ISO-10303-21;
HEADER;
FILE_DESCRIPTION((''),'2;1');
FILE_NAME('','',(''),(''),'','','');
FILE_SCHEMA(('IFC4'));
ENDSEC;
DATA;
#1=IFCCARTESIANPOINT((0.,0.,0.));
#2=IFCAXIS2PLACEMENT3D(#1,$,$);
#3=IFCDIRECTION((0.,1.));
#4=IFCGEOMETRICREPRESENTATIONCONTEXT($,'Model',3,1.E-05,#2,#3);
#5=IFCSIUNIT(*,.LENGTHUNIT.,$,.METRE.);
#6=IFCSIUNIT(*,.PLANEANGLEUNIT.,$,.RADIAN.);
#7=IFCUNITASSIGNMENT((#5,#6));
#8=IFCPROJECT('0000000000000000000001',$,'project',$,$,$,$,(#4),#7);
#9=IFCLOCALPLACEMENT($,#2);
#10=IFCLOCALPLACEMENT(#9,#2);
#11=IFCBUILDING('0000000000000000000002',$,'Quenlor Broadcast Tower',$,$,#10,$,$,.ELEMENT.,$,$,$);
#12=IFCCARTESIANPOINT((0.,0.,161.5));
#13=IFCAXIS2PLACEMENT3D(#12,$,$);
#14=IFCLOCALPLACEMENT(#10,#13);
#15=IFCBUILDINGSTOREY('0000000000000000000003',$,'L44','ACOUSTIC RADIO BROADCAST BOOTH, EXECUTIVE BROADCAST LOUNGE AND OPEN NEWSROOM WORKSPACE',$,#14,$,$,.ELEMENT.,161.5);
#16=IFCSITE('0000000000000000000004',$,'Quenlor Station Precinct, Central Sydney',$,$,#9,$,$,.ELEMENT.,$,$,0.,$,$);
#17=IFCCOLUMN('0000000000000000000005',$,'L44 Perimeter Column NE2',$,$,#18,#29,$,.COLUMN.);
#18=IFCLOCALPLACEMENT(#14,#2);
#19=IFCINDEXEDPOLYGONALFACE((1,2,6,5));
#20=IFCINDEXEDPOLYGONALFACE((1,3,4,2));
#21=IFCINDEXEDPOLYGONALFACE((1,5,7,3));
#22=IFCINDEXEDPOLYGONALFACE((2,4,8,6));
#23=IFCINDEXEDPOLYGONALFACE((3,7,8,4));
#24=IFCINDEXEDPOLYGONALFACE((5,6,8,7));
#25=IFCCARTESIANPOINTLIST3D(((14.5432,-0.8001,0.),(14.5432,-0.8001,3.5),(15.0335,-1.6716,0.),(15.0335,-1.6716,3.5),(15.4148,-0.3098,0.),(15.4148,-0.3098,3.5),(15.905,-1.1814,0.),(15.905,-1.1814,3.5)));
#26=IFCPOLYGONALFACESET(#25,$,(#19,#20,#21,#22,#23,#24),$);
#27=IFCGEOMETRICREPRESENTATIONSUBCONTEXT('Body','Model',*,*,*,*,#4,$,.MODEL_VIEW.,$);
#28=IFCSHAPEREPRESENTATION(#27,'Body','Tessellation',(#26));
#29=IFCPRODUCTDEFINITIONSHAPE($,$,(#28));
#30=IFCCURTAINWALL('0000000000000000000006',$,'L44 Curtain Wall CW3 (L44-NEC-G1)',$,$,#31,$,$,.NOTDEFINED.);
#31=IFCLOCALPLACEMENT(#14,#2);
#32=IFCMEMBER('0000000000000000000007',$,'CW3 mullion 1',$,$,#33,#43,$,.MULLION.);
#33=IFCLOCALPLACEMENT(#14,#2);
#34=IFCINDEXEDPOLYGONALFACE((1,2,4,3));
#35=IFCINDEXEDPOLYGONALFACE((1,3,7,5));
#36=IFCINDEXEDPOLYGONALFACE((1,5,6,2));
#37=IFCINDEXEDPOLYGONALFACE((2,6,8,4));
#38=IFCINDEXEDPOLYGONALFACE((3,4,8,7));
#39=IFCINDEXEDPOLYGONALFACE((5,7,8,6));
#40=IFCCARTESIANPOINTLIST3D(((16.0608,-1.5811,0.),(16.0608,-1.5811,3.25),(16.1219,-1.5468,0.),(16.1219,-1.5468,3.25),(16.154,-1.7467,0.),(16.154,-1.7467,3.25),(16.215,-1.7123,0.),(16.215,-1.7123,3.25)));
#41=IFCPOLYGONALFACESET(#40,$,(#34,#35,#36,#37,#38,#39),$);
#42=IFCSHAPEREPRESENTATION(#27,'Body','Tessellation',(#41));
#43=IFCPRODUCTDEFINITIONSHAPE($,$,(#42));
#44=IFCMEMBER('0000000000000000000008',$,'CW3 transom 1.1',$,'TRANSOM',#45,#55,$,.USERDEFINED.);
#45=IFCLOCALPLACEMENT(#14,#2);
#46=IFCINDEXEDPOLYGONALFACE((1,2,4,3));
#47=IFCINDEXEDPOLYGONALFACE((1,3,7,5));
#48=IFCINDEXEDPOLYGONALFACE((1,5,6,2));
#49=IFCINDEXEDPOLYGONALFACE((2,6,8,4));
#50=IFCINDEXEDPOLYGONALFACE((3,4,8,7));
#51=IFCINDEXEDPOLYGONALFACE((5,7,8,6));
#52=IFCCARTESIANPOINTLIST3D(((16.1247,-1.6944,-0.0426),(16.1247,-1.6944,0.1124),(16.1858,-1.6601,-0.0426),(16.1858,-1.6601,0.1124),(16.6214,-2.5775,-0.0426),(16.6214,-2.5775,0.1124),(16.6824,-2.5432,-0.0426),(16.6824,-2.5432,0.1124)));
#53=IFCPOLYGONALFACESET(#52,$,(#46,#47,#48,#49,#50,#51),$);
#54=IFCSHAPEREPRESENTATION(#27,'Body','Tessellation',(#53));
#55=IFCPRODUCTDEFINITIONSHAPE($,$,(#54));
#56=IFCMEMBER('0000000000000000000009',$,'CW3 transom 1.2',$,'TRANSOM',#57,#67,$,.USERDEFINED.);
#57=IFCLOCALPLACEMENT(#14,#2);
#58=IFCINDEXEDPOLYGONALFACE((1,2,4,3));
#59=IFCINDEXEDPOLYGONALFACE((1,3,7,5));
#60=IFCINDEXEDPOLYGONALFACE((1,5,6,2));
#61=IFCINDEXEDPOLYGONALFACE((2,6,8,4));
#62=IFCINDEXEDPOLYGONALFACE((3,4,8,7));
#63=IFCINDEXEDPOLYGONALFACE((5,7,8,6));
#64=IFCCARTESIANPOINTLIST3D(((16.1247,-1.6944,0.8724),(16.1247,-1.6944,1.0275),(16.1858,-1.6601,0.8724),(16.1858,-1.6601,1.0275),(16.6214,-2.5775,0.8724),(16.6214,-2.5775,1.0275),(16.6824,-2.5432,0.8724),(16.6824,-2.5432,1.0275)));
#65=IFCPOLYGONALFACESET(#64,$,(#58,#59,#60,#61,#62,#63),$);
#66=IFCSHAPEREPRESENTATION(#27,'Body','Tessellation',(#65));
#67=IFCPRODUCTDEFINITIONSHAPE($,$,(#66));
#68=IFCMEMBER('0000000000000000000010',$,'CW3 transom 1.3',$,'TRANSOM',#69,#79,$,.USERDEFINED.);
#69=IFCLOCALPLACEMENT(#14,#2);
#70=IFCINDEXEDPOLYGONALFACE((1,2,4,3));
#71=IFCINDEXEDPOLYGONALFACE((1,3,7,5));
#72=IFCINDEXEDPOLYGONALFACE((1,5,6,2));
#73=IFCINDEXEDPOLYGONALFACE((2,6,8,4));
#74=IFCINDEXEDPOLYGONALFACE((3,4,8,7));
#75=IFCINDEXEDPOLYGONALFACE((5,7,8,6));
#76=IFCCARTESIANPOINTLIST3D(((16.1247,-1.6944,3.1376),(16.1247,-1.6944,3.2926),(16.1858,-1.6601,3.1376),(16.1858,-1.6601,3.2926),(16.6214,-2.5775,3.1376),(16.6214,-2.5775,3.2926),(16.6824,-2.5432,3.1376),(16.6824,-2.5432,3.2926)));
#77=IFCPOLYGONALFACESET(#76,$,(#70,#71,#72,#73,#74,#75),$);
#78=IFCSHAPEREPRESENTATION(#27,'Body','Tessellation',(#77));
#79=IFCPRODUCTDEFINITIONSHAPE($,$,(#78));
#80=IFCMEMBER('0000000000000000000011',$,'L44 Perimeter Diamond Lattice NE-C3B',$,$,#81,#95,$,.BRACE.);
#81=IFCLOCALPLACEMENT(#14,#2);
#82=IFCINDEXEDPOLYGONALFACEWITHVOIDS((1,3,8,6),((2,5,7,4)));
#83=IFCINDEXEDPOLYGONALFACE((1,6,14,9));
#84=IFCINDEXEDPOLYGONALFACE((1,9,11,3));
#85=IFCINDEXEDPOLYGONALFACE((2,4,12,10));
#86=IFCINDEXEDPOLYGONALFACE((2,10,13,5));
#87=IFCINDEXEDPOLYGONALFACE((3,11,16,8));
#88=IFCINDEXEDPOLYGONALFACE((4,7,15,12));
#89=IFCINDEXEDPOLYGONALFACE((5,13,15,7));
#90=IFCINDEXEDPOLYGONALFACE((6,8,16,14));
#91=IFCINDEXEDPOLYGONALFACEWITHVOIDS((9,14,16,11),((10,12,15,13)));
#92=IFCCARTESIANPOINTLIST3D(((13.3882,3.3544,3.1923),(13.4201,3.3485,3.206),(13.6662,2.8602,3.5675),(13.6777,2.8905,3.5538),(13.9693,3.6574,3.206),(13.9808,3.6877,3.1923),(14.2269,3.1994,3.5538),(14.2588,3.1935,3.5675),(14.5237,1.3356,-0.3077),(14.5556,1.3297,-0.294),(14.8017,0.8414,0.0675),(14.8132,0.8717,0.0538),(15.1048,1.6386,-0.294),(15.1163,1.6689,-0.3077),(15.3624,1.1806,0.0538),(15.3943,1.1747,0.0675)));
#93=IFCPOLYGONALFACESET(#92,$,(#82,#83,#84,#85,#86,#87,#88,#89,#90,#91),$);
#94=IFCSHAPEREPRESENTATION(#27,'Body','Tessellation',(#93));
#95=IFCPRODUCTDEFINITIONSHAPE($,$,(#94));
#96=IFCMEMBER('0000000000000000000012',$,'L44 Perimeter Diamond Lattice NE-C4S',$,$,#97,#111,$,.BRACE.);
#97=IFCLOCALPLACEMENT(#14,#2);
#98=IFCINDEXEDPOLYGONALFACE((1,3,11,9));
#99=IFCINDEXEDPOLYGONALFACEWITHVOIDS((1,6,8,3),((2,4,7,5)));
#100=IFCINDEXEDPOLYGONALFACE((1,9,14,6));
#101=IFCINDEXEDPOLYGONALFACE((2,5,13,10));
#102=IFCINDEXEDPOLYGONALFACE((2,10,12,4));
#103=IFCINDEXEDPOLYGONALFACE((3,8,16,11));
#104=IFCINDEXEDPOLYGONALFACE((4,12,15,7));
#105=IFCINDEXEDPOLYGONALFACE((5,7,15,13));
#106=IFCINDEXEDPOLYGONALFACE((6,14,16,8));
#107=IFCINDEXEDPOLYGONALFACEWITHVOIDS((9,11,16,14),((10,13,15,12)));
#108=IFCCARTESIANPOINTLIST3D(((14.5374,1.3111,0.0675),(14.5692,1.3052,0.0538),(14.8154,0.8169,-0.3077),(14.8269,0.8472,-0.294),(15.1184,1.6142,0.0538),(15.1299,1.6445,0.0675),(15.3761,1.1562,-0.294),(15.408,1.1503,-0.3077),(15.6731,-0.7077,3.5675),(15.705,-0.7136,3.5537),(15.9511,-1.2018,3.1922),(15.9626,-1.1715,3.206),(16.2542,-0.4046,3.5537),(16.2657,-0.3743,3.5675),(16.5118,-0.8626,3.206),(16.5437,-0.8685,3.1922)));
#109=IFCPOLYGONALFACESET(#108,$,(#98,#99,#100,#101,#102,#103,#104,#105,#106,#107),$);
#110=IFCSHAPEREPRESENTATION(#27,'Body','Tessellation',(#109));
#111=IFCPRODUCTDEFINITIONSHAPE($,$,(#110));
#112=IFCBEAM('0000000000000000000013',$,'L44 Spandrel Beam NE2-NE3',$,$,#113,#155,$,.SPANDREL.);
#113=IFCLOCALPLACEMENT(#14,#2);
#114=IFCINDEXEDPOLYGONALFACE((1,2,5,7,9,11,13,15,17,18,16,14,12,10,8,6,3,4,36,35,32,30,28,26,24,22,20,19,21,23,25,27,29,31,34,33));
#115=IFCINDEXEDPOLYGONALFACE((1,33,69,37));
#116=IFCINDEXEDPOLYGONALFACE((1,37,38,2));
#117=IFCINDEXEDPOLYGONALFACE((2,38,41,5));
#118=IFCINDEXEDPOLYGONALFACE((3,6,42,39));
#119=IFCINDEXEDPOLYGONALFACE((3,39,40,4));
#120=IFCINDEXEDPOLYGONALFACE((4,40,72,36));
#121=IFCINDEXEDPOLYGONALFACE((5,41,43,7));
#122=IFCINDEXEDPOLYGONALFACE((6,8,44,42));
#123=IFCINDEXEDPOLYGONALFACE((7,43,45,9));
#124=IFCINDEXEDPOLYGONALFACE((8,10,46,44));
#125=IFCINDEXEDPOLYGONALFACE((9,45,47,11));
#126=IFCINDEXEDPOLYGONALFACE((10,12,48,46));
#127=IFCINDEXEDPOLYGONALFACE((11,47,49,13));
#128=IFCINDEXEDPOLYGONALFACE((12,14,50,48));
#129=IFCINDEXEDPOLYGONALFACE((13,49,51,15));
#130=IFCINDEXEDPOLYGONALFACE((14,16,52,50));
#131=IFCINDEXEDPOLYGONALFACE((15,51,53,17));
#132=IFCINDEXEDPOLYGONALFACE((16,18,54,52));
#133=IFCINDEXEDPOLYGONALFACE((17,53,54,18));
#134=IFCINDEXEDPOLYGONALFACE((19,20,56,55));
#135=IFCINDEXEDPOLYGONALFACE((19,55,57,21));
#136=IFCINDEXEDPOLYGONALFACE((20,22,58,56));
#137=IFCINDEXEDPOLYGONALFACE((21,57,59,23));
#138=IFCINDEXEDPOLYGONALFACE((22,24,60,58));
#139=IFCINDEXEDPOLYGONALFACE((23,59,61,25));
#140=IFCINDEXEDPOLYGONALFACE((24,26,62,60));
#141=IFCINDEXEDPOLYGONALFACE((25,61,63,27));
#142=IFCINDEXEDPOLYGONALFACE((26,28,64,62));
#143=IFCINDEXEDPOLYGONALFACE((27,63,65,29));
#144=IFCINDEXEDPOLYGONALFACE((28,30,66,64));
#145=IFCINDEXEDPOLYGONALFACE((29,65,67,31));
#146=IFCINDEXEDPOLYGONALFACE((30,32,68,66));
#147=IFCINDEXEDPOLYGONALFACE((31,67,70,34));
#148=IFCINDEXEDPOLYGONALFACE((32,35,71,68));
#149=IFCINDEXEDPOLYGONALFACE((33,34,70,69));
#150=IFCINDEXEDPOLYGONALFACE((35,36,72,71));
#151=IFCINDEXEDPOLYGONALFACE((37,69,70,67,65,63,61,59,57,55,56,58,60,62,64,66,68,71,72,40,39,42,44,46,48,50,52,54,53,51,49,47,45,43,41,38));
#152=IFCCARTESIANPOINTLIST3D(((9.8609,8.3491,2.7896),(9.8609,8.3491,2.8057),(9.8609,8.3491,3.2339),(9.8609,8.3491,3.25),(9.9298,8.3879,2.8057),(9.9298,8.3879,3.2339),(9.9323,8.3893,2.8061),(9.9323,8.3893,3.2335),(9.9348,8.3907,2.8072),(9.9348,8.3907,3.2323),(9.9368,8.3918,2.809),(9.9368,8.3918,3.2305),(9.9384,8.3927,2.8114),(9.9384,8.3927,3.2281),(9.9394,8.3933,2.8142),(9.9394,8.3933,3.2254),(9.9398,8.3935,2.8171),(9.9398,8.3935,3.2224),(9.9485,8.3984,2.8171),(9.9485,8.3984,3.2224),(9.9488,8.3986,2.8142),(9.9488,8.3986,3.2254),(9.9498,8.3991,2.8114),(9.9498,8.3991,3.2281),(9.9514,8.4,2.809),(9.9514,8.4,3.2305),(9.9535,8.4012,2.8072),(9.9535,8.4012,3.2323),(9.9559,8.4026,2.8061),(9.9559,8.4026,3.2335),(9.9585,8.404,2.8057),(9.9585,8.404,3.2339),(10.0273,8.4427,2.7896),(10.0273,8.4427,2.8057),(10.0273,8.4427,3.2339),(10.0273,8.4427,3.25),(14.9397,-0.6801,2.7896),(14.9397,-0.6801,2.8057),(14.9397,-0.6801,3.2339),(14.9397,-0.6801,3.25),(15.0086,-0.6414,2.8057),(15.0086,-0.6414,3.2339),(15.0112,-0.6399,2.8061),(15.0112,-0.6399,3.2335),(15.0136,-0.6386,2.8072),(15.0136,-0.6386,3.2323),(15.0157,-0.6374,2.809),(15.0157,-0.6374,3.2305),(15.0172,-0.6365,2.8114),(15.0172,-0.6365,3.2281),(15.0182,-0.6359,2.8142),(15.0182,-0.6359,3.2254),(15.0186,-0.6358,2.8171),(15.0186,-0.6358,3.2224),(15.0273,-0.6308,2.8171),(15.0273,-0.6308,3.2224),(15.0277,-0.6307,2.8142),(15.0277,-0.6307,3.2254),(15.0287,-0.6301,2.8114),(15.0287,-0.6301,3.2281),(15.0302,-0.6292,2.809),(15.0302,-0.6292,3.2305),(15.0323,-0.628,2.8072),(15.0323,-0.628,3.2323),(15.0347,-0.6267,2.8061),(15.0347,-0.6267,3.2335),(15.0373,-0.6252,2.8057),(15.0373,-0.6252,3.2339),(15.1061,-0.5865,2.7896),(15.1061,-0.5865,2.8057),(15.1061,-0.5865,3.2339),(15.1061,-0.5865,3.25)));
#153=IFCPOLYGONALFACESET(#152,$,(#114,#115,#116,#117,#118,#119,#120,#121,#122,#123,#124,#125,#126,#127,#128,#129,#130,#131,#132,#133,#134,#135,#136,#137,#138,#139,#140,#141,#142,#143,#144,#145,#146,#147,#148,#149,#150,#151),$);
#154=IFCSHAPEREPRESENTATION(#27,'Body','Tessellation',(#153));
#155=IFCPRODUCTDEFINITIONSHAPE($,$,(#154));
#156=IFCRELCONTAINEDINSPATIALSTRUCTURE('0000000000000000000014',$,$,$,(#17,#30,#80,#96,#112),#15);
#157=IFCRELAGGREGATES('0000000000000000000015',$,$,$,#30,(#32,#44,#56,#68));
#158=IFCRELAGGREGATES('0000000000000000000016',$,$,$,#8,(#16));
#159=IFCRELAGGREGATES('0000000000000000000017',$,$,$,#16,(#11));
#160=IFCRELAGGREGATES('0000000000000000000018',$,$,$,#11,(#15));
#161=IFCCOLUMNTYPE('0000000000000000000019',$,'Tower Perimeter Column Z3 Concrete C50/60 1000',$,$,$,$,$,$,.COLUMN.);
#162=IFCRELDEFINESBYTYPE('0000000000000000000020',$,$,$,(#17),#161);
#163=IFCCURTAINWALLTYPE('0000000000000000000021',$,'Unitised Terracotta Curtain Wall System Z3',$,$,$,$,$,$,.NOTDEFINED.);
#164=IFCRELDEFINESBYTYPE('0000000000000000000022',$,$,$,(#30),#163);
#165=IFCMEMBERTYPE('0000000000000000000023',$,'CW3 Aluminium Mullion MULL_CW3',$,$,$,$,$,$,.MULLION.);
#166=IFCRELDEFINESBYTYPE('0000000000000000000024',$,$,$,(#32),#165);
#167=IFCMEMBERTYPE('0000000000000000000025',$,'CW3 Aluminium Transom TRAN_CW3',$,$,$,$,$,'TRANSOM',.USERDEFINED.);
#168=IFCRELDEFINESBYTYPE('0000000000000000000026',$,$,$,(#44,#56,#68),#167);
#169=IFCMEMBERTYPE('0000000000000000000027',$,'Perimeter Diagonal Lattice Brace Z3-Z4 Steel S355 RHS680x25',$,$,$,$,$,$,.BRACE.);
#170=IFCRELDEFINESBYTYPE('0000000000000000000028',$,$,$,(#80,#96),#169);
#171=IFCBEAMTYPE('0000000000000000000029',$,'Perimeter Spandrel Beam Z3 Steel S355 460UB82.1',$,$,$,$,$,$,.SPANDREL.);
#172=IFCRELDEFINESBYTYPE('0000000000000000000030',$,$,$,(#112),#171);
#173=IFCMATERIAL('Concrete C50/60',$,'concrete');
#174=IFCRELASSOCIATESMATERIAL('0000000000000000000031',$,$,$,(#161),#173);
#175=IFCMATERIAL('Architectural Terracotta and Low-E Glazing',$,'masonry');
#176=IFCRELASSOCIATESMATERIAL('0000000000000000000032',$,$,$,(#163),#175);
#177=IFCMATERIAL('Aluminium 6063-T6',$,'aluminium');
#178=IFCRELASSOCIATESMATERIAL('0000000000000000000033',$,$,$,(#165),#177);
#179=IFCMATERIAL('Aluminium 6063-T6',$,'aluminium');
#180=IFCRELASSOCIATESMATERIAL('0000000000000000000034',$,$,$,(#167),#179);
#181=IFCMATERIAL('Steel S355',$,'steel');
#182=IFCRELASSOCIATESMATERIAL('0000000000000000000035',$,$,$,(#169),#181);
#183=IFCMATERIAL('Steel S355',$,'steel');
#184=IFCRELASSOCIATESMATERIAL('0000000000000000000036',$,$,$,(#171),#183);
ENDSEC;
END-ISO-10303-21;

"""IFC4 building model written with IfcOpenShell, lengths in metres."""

from ifc_helpers import new_model, si_unit, direction, frame, origin, origin_2d, place, context, subcontext, project, spatial, rectangle, hollow_rectangle, i_section, extrude, material, material_profile, profile_set, type_object, element, aggregate, save


model = new_model("IFC4")

# Units and contexts
model_context = context("Model", 3, precision=1e-05, world=origin(), true_north=direction((0.0, 1.0)))
body_context = subcontext(model_context, "Body", "Model", "MODEL_VIEW")
ifc_project = project(units=[si_unit("LENGTHUNIT", "METRE"), si_unit("PLANEANGLEUNIT", "RADIAN")], contexts=[model_context])

# Site, building, storey
site_placement = place(None, origin())
site = spatial("IfcSite", under=ifc_project, at=site_placement, Name="Quenlor Station Precinct, Central Sydney", CompositionType="ELEMENT", RefElevation=0.0)
building_placement = place(site_placement, origin())
building = spatial("IfcBuilding", under=site, at=building_placement, Name="Quenlor Broadcast Tower", CompositionType="ELEMENT")
storey_placement = place(building_placement, frame((0.0, 0.0, 161.5)))
storey = spatial("IfcBuildingStorey", under=building, at=storey_placement, Name="L44", Description="ACOUSTIC RADIO BROADCAST BOOTH, EXECUTIVE BROADCAST LOUNGE AND OPEN NEWSROOM WORKSPACE", CompositionType="ELEMENT", Elevation=161.5)

# Column
ifc_material_1 = material(Name="Concrete C50/60", Category="concrete")
ifc_material_profile_1 = material_profile(ifc_material_1, rectangle(XDim=1.0, YDim=1.0, at=origin_2d()))
ifc_profile_set_1 = profile_set([ifc_material_profile_1], Name="Concrete C50/60 RC1000x1000")
column_type = type_object("IfcColumnType", Name="Tower Perimeter Column Z3 Concrete C50/60 1000", PredefinedType="COLUMN", material=ifc_profile_set_1)
column_placement = place(storey_placement, frame((15.2241, -0.9907, 0.0), z_axis=(0.0, 0.0, 1.0), x_axis=(0.871575, 0.490262, 0.0)))
element("IfcColumn", 1, at=column_placement, inside=storey, type_object=column_type, Name="L44 Perimeter Column NE2", PredefinedType="COLUMN", context=body_context, shape_type="SweptSolid", body=[
    extrude(rectangle(XDim=1.0, YDim=1.0, at=origin_2d()), origin(), (0.0, 0.0, 1.0), 3.5),
])

# Curtain wall, members
ifc_material_2 = material(Name="Architectural Terracotta and Low-E Glazing", Category="masonry")
curtain_wall_type = type_object("IfcCurtainWallType", Name="Unitised Terracotta Curtain Wall System Z3", PredefinedType="NOTDEFINED", material=ifc_material_2)
curtain_wall_placement = place(storey_placement, origin())
curtain_wall = element("IfcCurtainWall", 2, at=curtain_wall_placement, inside=storey, type_object=curtain_wall_type, Name="L44 Curtain Wall CW3 (L44-NEC-G1)", PredefinedType="NOTDEFINED")
ifc_material_3 = material(Name="Aluminium 6063-T6", Category="aluminium")
ifc_material_profile_2 = material_profile(ifc_material_3, rectangle(XDim=0.0701, YDim=0.1899, at=origin_2d()))
ifc_profile_set_2 = profile_set([ifc_material_profile_2], Name="Aluminium 6063-T6 MULL70x190")
member_type_1 = type_object("IfcMemberType", Name="CW3 Aluminium Mullion MULL_CW3", PredefinedType="MULLION", material=ifc_profile_set_2)
member_1_placement = place(storey_placement, frame((16.1379, -1.6467, 0.0), z_axis=(0.0, 0.0, 1.0), x_axis=(0.87158, 0.490253, 0.0)))
member_1 = element("IfcMember", 3, at=member_1_placement, type_object=member_type_1, Name="CW3 mullion 1", PredefinedType="MULLION", context=body_context, shape_type="SweptSolid", body=[
    extrude(rectangle(XDim=0.0701, YDim=0.1899, at=origin_2d()), origin(), (0.0, 0.0, 1.0), 3.25),
])
ifc_material_4 = material(Name="Aluminium 6063-T6", Category="aluminium")
ifc_material_profile_3 = material_profile(ifc_material_4, rectangle(XDim=0.0701, YDim=0.155, at=origin_2d()))
ifc_profile_set_3 = profile_set([ifc_material_profile_3], Name="Aluminium 6063-T6 TRAN70x155")
member_type_2 = type_object("IfcMemberType", Name="CW3 Aluminium Transom TRAN_CW3", ElementType="TRANSOM", PredefinedType="USERDEFINED", material=ifc_profile_set_3)
member_2_placement = place(storey_placement, frame((16.1553, -1.6772, 0.0349), z_axis=(0.490158, -0.871633, 0.0), x_axis=(0.871633, 0.490158, 0.0)))
member_2 = element("IfcMember", 4, at=member_2_placement, type_object=member_type_2, Name="CW3 transom 1.1", ObjectType="TRANSOM", PredefinedType="USERDEFINED", context=body_context, shape_type="SweptSolid", body=[
    extrude(rectangle(XDim=0.0701, YDim=0.155, at=origin_2d()), origin(), (0.0, 0.0, 1.0), 1.0132),
])
member_3_placement = place(storey_placement, frame((16.1553, -1.6772, 0.95), z_axis=(0.490158, -0.871633, 0.0), x_axis=(0.871633, 0.490158, 0.0)))
member_3 = element("IfcMember", 5, at=member_3_placement, type_object=member_type_2, Name="CW3 transom 1.2", ObjectType="TRANSOM", PredefinedType="USERDEFINED", context=body_context, shape_type="SweptSolid", body=[
    extrude(rectangle(XDim=0.0701, YDim=0.155, at=origin_2d()), origin(), (0.0, 0.0, 1.0), 1.0132),
])
member_4_placement = place(storey_placement, frame((16.1553, -1.6772, 3.2151), z_axis=(0.490158, -0.871633, 0.0), x_axis=(0.871633, 0.490158, 0.0)))
member_4 = element("IfcMember", 6, at=member_4_placement, type_object=member_type_2, Name="CW3 transom 1.3", ObjectType="TRANSOM", PredefinedType="USERDEFINED", context=body_context, shape_type="SweptSolid", body=[
    extrude(rectangle(XDim=0.0701, YDim=0.155, at=origin_2d()), origin(), (0.0, 0.0, 1.0), 1.0132),
])

# Members
ifc_material_5 = material(Name="Steel S355", Category="steel")
ifc_material_profile_4 = material_profile(ifc_material_5, hollow_rectangle(XDim=0.6799, YDim=0.6799, WallThickness=0.0249, at=origin_2d()))
ifc_profile_set_4 = profile_set([ifc_material_profile_4], Name="Steel S355 RHS680x680x25")
member_type_3 = type_object("IfcMemberType", Name="Perimeter Diagonal Lattice Brace Z3-Z4 Steel S355 RHS680x25", PredefinedType="BRACE", material=ifc_profile_set_4)
for number, where, z_axis, x_axis, name in (
    (7, (14.959, 1.2551, -0.1201), (-0.270549, 0.481009, 0.833927), (-0.87159, -0.490236, 0.0), "L44 Perimeter Diamond Lattice NE-C3B"),
    (8, (14.9727, 1.2307, -0.1201), (0.270603, -0.481001, 0.833914), (0.871545, 0.490316, 0.0), "L44 Perimeter Diamond Lattice NE-C4S"),
):
    element("IfcMember", number, at=place(storey_placement, frame(where, z_axis=z_axis, x_axis=x_axis)), inside=storey, type_object=member_type_3, Name=name, PredefinedType="BRACE", context=body_context, shape_type="SweptSolid", body=[
        extrude(hollow_rectangle(XDim=0.6799, YDim=0.6799, WallThickness=0.0249, at=origin_2d()), origin(), (0.0, 0.0, 1.0), 4.197),
    ])

# Beam
ifc_material_6 = material(Name="Steel S355", Category="steel")
ifc_material_profile_5 = material_profile(ifc_material_6, i_section(OverallWidth=0.1909, OverallDepth=0.4604, WebThickness=0.01, FlangeThickness=0.0161, FilletRadius=0.0115, at=origin_2d()))
ifc_profile_set_5 = profile_set([ifc_material_profile_5], Name="Steel S355 460UB82.1")
beam_type_1 = type_object("IfcBeamType", Name="Perimeter Spandrel Beam Z3 Steel S355 460UB82.1", PredefinedType="SPANDREL", material=ifc_profile_set_5)
beam_1_placement = place(storey_placement, frame((15.0229, -0.6333, 3.0198), z_axis=(-0.490252, 0.871581, 0.0), x_axis=(-0.871581, -0.490252, 0.0)))
element("IfcBeam", 9, at=beam_1_placement, inside=storey, type_object=beam_type_1, Name="L44 Spandrel Beam NE2-NE3", PredefinedType="SPANDREL", context=body_context, shape_type="SweptSolid", body=[
    extrude(i_section(OverallWidth=0.1909, OverallDepth=0.4604, WebThickness=0.01, FlangeThickness=0.0161, FilletRadius=0.0115, at=origin_2d()), origin(), (0.0, 0.0, 1.0), 10.3596),
])

aggregate(curtain_wall, [member_1, member_2, member_3, member_4])

save(model, "model.ifc")
